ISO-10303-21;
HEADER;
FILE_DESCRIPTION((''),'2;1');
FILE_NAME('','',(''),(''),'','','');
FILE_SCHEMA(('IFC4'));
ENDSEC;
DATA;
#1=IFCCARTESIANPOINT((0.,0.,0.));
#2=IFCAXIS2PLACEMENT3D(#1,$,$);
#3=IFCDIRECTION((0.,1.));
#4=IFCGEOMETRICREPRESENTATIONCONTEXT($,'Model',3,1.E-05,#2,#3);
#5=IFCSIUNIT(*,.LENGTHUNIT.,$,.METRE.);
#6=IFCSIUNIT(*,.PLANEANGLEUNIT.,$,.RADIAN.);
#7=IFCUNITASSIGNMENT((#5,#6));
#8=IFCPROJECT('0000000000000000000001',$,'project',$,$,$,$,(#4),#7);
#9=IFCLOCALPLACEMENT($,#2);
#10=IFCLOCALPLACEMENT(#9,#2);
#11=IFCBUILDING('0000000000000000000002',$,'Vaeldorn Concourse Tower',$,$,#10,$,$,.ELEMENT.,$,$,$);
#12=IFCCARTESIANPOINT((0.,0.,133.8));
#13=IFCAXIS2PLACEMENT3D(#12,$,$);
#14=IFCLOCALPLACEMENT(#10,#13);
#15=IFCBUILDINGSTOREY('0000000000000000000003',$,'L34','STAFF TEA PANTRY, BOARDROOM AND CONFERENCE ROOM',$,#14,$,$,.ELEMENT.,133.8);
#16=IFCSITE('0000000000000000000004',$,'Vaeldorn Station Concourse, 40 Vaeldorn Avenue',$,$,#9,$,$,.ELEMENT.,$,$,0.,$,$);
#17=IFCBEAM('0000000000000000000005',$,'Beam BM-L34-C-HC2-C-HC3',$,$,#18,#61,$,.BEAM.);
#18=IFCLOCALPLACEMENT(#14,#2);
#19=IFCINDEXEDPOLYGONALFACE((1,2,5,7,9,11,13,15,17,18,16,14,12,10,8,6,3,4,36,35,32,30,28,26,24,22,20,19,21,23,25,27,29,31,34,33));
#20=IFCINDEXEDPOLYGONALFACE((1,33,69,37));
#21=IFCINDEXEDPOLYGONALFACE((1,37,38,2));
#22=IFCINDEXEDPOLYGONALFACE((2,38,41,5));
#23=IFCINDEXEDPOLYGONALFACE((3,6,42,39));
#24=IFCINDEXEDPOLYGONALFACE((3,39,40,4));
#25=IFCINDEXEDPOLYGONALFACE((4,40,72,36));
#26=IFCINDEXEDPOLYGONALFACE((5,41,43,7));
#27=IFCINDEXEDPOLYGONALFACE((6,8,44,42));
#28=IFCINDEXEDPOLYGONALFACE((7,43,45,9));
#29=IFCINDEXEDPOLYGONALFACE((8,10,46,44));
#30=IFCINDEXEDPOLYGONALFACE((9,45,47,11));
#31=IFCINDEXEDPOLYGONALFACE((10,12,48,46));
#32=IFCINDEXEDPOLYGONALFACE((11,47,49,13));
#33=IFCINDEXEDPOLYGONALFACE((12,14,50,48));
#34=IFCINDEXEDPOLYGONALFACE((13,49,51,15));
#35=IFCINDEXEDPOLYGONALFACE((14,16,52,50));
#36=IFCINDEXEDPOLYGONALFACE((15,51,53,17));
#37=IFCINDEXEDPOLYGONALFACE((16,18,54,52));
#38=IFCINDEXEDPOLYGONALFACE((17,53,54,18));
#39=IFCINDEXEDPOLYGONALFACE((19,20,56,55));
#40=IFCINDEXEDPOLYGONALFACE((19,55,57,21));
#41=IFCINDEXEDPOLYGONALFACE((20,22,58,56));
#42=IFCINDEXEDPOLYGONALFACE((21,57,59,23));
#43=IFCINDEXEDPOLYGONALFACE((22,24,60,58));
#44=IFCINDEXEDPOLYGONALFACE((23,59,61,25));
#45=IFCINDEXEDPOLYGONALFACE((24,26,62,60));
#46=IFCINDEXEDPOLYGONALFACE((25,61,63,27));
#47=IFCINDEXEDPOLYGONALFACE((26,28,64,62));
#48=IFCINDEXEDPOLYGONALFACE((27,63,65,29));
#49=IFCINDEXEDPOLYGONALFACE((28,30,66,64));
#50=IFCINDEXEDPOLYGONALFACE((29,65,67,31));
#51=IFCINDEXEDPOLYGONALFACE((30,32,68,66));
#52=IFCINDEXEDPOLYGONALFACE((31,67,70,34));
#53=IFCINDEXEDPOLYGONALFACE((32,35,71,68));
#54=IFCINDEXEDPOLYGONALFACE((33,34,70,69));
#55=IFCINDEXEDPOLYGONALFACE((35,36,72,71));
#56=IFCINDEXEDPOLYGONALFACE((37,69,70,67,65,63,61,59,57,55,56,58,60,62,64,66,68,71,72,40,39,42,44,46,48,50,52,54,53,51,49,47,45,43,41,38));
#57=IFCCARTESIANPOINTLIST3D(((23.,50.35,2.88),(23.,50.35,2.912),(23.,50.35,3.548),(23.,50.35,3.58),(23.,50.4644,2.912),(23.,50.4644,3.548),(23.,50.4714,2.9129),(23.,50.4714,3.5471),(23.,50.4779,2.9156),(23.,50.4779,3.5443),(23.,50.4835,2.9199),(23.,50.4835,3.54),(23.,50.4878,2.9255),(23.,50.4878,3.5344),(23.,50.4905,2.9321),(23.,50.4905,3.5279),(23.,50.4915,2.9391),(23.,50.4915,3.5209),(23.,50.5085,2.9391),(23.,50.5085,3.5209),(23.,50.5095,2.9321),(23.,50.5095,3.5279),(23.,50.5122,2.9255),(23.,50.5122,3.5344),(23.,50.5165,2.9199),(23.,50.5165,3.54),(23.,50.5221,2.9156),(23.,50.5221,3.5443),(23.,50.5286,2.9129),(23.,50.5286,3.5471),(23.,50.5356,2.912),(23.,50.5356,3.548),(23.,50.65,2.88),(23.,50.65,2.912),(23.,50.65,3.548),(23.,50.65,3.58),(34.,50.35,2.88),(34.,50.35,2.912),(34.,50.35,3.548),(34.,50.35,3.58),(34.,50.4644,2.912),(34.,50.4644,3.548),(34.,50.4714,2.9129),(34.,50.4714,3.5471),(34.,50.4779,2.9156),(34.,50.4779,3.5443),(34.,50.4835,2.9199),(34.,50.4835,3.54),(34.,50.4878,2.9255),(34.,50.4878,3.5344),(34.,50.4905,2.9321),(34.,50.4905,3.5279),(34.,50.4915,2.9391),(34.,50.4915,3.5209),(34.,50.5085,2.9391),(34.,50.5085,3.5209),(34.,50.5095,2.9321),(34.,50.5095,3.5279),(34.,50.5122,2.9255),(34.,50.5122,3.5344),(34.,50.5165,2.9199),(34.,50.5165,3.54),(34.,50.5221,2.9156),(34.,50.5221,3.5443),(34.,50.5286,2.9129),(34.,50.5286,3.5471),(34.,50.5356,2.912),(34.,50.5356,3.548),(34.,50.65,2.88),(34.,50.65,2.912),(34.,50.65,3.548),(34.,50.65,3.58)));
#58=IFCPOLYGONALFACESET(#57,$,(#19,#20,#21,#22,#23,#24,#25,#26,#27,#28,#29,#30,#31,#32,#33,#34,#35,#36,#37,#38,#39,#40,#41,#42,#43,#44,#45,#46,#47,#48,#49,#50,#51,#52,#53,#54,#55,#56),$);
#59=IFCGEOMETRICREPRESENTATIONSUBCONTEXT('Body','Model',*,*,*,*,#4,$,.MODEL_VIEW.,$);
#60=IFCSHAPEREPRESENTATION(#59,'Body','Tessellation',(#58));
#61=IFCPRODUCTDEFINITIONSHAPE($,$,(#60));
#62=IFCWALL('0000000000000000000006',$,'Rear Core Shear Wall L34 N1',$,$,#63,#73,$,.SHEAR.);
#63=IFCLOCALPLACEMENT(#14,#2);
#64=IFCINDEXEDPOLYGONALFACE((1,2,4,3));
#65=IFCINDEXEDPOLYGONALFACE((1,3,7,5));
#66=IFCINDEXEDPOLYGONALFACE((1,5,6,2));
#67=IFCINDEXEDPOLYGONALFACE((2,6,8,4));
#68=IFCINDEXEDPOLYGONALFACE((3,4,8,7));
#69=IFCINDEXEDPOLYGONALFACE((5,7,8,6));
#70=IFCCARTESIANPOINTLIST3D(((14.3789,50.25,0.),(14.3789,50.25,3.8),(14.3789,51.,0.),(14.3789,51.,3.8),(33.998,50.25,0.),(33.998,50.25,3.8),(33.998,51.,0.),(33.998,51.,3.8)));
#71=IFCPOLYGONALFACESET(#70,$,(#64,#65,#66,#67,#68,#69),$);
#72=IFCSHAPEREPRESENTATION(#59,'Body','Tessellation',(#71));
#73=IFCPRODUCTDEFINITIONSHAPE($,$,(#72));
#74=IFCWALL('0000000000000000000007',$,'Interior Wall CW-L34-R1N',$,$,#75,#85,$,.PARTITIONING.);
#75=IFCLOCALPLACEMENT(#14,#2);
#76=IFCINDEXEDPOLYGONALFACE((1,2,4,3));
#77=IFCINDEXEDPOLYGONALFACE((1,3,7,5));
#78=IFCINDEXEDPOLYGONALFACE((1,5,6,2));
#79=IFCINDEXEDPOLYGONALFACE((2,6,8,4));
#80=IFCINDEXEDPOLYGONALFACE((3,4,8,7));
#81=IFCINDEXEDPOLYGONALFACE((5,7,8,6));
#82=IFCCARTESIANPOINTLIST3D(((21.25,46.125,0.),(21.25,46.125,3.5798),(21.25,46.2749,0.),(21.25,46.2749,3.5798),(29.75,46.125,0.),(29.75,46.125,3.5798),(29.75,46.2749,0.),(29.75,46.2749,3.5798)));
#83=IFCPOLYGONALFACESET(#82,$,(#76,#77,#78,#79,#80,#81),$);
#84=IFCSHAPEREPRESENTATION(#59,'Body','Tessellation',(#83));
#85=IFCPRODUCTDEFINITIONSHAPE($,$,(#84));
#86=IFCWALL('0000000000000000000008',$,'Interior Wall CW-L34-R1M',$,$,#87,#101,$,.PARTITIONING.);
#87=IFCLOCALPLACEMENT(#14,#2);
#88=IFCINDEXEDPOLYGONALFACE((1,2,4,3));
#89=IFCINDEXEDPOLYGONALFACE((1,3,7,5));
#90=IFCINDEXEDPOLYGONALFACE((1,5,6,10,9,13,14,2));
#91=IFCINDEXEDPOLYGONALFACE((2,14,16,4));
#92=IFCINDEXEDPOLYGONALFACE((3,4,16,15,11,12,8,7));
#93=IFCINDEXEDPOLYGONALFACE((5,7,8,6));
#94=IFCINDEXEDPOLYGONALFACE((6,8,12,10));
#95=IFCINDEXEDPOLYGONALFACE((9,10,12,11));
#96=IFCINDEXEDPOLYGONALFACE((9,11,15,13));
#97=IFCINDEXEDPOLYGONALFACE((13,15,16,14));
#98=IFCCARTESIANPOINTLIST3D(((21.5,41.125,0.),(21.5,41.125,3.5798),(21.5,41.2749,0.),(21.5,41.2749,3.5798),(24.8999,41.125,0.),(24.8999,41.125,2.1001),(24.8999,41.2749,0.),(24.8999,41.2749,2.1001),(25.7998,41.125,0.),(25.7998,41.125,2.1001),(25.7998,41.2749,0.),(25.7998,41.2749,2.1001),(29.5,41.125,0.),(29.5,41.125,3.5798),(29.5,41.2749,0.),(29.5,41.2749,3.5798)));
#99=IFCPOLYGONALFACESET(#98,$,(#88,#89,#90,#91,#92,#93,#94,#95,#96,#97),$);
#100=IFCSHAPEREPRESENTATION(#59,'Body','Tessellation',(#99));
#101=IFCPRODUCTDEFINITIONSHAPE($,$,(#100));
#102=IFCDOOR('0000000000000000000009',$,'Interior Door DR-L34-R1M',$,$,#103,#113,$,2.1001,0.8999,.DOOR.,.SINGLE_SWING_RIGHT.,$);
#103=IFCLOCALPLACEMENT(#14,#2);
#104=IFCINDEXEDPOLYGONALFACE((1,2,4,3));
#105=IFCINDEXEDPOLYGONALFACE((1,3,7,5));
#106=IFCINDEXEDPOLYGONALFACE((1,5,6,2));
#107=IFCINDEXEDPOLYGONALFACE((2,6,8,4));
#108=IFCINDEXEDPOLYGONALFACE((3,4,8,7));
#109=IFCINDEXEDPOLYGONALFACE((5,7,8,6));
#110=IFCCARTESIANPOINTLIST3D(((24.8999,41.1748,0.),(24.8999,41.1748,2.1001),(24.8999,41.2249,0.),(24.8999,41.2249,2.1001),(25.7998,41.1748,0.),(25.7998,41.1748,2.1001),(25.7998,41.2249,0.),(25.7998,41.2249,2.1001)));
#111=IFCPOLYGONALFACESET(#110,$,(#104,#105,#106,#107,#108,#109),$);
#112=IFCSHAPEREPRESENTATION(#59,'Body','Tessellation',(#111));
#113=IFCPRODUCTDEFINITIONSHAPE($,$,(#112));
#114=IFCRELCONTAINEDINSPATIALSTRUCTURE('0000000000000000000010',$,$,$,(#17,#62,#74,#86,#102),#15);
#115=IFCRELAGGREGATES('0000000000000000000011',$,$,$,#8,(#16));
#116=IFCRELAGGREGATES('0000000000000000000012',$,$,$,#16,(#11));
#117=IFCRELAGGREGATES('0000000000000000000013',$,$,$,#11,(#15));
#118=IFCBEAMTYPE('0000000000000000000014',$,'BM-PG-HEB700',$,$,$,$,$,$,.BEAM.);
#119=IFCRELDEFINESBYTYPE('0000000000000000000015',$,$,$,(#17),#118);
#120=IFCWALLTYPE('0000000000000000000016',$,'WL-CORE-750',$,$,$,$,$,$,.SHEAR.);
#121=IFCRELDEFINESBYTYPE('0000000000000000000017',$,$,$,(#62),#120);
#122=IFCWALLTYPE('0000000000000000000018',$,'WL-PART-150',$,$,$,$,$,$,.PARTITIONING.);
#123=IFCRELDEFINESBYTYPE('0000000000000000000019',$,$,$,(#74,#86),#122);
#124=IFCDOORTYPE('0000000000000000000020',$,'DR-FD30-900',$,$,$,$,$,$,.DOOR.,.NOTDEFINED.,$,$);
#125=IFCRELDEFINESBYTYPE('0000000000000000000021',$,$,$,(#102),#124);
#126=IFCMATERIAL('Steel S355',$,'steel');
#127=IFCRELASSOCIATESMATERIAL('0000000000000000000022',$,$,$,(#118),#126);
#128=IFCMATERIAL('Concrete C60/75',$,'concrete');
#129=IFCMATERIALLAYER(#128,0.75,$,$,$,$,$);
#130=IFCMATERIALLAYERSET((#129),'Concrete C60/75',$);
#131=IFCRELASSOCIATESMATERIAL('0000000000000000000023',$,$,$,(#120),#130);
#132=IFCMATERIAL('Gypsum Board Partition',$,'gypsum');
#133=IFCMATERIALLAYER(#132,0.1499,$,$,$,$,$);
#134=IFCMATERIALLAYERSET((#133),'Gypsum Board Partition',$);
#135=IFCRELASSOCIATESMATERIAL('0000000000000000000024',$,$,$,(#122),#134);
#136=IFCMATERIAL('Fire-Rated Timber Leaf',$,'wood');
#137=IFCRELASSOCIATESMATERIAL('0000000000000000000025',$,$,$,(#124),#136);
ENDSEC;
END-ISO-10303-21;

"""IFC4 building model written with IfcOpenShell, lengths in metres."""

from ifc_helpers import new_model, si_unit, direction, frame, frame_2d, origin, origin_2d, place, context, subcontext, project, spatial, rectangle, i_section, extrude, source, transform, mapped, material, layer, layer_set, material_profile, profile_set, type_object, element, fill, save


model = new_model("IFC4")

# Units and contexts
model_context = context("Model", 3, precision=1e-05, world=origin(), true_north=direction((0.0, 1.0)))
body_context = subcontext(model_context, "Body", "Model", "MODEL_VIEW")
ifc_project = project(units=[si_unit("LENGTHUNIT", "METRE"), si_unit("PLANEANGLEUNIT", "RADIAN")], contexts=[model_context])

# Site, building, storey
site_placement = place(None, origin())
site = spatial("IfcSite", under=ifc_project, at=site_placement, Name="Vaeldorn Station Concourse, 40 Vaeldorn Avenue", CompositionType="ELEMENT", RefElevation=0.0)
building_placement = place(site_placement, origin())
building = spatial("IfcBuilding", under=site, at=building_placement, Name="Vaeldorn Concourse Tower", CompositionType="ELEMENT")
storey_placement = place(building_placement, frame((0.0, 0.0, 133.8)))
storey = spatial("IfcBuildingStorey", under=building, at=storey_placement, Name="L34", Description="STAFF TEA PANTRY, BOARDROOM AND CONFERENCE ROOM", CompositionType="ELEMENT", Elevation=133.8)

# Beam
ifc_material_1 = material(Name="Steel S355", Category="steel")
ifc_material_profile_1 = material_profile(ifc_material_1, i_section(OverallWidth=0.3, OverallDepth=0.7, WebThickness=0.0171, FlangeThickness=0.032, FilletRadius=0.0271, at=origin_2d()), Name="HEB 700")
ifc_profile_set_1 = profile_set([ifc_material_profile_1], Name="Steel S355")
beam_type_1 = type_object("IfcBeamType", Name="BM-PG-HEB700", PredefinedType="BEAM", material=ifc_profile_set_1)
shared_shape_1 = source(origin(), body_context, "Body", "SweptSolid", [
    extrude(i_section(OverallWidth=0.3, OverallDepth=0.7, WebThickness=0.0171, FlangeThickness=0.032, FilletRadius=0.0271, at=origin_2d()), origin(), (0.0, 0.0, 1.0), 11.0),
])
beam_1_placement = place(storey_placement, frame((23.0, 50.5, 3.23), z_axis=(1.0, 0.0, 0.0), x_axis=(0.0, 1.0, 0.0)))
element("IfcBeam", 1, at=beam_1_placement, inside=storey, type_object=beam_type_1, Name="Beam BM-L34-C-HC2-C-HC3", PredefinedType="BEAM", context=body_context, shape_type="MappedRepresentation", body=[
    mapped(shared_shape_1, transform((0.0, 0.0, 0.0), scale=1.0)),
])

# Walls
ifc_material_2 = material(Name="Concrete C60/75", Category="concrete")
ifc_layer_1 = layer(ifc_material_2, 0.75)
ifc_layer_set_1 = layer_set([ifc_layer_1], Name="Concrete C60/75")
wall_type_1 = type_object("IfcWallType", Name="WL-CORE-750", PredefinedType="SHEAR", material=ifc_layer_set_1)
wall_1_placement = place(storey_placement, frame((14.3789, 50.625, 0.0), z_axis=(0.0, 0.0, 1.0), x_axis=(1.0, 0.0, 0.0)))
element("IfcWall", 2, at=wall_1_placement, inside=storey, type_object=wall_type_1, Name="Rear Core Shear Wall L34 N1", PredefinedType="SHEAR", context=body_context, shape_type="SweptSolid", body=[
    extrude(rectangle(XDim=19.6191, YDim=0.75, at=frame_2d((9.8096, 0.0))), origin(), (0.0, 0.0, 1.0), 3.8),
])
ifc_material_3 = material(Name="Gypsum Board Partition", Category="gypsum")
ifc_layer_2 = layer(ifc_material_3, 0.1499)
ifc_layer_set_2 = layer_set([ifc_layer_2], Name="Gypsum Board Partition")
wall_type_2 = type_object("IfcWallType", Name="WL-PART-150", PredefinedType="PARTITIONING", material=ifc_layer_set_2)
wall_2_placement = place(storey_placement, frame((21.25, 46.2, 0.0), z_axis=(0.0, 0.0, 1.0), x_axis=(1.0, 0.0, 0.0)))
element("IfcWall", 3, at=wall_2_placement, inside=storey, type_object=wall_type_2, Name="Interior Wall CW-L34-R1N", PredefinedType="PARTITIONING", context=body_context, shape_type="SweptSolid", body=[
    extrude(rectangle(XDim=8.5, YDim=0.1499, at=frame_2d((4.25, 0.0))), origin(), (0.0, 0.0, 1.0), 3.5798),
])

# Wall, opening, door
wall_3_placement = place(storey_placement, frame((21.5, 41.2, 0.0), z_axis=(0.0, 0.0, 1.0), x_axis=(1.0, 0.0, 0.0)))
wall_3 = element("IfcWall", 4, at=wall_3_placement, inside=storey, type_object=wall_type_2, Name="Interior Wall CW-L34-R1M", PredefinedType="PARTITIONING", context=body_context, shape_type="SweptSolid", body=[
    extrude(rectangle(XDim=8.0, YDim=0.1499, at=frame_2d((4.0, 0.0))), origin(), (0.0, 0.0, 1.0), 3.5798),
])
opening_1_placement = place(wall_3_placement, frame((3.3999, 0.0, 0.0)))
opening_1 = element("IfcOpeningElement", 5, at=opening_1_placement, cuts=wall_3, PredefinedType="OPENING", context=body_context, shape_type="SweptSolid", body=[
    extrude(rectangle(XDim=0.8999, YDim=2.1001, at=frame_2d((0.45, 1.05))), frame((0.0, 0.085, 0.0), z_axis=(0.0, -1.0, 0.0), x_axis=(1.0, 0.0, 0.0)), (0.0, 0.0, 1.0), 0.1699),
])
ifc_material_4 = material(Name="Fire-Rated Timber Leaf", Category="wood")
door_type_1 = type_object("IfcDoorType", Name="DR-FD30-900", OperationType="NOTDEFINED", PredefinedType="DOOR", material=ifc_material_4)
shared_shape_2 = source(origin(), body_context, "Body", "SweptSolid", [
    extrude(rectangle(XDim=0.8999, YDim=2.1001, at=frame_2d((0.45, 1.05))), frame((0.0, 0.0249, 0.0), z_axis=(0.0, -1.0, 0.0), x_axis=(1.0, 0.0, 0.0)), (0.0, 0.0, 1.0), 0.05),
])
door_1_placement = place(opening_1_placement, origin())
door_1 = element("IfcDoor", 6, at=door_1_placement, inside=storey, type_object=door_type_1, Name="Interior Door DR-L34-R1M", OperationType="SINGLE_SWING_RIGHT", OverallHeight=2.1001, OverallWidth=0.8999, PredefinedType="DOOR", context=body_context, shape_type="MappedRepresentation", body=[
    mapped(shared_shape_2, transform((0.0, 0.0, 0.0), scale=1.0)),
])
fill(opening_1, door_1)

save(model, "model.ifc")
